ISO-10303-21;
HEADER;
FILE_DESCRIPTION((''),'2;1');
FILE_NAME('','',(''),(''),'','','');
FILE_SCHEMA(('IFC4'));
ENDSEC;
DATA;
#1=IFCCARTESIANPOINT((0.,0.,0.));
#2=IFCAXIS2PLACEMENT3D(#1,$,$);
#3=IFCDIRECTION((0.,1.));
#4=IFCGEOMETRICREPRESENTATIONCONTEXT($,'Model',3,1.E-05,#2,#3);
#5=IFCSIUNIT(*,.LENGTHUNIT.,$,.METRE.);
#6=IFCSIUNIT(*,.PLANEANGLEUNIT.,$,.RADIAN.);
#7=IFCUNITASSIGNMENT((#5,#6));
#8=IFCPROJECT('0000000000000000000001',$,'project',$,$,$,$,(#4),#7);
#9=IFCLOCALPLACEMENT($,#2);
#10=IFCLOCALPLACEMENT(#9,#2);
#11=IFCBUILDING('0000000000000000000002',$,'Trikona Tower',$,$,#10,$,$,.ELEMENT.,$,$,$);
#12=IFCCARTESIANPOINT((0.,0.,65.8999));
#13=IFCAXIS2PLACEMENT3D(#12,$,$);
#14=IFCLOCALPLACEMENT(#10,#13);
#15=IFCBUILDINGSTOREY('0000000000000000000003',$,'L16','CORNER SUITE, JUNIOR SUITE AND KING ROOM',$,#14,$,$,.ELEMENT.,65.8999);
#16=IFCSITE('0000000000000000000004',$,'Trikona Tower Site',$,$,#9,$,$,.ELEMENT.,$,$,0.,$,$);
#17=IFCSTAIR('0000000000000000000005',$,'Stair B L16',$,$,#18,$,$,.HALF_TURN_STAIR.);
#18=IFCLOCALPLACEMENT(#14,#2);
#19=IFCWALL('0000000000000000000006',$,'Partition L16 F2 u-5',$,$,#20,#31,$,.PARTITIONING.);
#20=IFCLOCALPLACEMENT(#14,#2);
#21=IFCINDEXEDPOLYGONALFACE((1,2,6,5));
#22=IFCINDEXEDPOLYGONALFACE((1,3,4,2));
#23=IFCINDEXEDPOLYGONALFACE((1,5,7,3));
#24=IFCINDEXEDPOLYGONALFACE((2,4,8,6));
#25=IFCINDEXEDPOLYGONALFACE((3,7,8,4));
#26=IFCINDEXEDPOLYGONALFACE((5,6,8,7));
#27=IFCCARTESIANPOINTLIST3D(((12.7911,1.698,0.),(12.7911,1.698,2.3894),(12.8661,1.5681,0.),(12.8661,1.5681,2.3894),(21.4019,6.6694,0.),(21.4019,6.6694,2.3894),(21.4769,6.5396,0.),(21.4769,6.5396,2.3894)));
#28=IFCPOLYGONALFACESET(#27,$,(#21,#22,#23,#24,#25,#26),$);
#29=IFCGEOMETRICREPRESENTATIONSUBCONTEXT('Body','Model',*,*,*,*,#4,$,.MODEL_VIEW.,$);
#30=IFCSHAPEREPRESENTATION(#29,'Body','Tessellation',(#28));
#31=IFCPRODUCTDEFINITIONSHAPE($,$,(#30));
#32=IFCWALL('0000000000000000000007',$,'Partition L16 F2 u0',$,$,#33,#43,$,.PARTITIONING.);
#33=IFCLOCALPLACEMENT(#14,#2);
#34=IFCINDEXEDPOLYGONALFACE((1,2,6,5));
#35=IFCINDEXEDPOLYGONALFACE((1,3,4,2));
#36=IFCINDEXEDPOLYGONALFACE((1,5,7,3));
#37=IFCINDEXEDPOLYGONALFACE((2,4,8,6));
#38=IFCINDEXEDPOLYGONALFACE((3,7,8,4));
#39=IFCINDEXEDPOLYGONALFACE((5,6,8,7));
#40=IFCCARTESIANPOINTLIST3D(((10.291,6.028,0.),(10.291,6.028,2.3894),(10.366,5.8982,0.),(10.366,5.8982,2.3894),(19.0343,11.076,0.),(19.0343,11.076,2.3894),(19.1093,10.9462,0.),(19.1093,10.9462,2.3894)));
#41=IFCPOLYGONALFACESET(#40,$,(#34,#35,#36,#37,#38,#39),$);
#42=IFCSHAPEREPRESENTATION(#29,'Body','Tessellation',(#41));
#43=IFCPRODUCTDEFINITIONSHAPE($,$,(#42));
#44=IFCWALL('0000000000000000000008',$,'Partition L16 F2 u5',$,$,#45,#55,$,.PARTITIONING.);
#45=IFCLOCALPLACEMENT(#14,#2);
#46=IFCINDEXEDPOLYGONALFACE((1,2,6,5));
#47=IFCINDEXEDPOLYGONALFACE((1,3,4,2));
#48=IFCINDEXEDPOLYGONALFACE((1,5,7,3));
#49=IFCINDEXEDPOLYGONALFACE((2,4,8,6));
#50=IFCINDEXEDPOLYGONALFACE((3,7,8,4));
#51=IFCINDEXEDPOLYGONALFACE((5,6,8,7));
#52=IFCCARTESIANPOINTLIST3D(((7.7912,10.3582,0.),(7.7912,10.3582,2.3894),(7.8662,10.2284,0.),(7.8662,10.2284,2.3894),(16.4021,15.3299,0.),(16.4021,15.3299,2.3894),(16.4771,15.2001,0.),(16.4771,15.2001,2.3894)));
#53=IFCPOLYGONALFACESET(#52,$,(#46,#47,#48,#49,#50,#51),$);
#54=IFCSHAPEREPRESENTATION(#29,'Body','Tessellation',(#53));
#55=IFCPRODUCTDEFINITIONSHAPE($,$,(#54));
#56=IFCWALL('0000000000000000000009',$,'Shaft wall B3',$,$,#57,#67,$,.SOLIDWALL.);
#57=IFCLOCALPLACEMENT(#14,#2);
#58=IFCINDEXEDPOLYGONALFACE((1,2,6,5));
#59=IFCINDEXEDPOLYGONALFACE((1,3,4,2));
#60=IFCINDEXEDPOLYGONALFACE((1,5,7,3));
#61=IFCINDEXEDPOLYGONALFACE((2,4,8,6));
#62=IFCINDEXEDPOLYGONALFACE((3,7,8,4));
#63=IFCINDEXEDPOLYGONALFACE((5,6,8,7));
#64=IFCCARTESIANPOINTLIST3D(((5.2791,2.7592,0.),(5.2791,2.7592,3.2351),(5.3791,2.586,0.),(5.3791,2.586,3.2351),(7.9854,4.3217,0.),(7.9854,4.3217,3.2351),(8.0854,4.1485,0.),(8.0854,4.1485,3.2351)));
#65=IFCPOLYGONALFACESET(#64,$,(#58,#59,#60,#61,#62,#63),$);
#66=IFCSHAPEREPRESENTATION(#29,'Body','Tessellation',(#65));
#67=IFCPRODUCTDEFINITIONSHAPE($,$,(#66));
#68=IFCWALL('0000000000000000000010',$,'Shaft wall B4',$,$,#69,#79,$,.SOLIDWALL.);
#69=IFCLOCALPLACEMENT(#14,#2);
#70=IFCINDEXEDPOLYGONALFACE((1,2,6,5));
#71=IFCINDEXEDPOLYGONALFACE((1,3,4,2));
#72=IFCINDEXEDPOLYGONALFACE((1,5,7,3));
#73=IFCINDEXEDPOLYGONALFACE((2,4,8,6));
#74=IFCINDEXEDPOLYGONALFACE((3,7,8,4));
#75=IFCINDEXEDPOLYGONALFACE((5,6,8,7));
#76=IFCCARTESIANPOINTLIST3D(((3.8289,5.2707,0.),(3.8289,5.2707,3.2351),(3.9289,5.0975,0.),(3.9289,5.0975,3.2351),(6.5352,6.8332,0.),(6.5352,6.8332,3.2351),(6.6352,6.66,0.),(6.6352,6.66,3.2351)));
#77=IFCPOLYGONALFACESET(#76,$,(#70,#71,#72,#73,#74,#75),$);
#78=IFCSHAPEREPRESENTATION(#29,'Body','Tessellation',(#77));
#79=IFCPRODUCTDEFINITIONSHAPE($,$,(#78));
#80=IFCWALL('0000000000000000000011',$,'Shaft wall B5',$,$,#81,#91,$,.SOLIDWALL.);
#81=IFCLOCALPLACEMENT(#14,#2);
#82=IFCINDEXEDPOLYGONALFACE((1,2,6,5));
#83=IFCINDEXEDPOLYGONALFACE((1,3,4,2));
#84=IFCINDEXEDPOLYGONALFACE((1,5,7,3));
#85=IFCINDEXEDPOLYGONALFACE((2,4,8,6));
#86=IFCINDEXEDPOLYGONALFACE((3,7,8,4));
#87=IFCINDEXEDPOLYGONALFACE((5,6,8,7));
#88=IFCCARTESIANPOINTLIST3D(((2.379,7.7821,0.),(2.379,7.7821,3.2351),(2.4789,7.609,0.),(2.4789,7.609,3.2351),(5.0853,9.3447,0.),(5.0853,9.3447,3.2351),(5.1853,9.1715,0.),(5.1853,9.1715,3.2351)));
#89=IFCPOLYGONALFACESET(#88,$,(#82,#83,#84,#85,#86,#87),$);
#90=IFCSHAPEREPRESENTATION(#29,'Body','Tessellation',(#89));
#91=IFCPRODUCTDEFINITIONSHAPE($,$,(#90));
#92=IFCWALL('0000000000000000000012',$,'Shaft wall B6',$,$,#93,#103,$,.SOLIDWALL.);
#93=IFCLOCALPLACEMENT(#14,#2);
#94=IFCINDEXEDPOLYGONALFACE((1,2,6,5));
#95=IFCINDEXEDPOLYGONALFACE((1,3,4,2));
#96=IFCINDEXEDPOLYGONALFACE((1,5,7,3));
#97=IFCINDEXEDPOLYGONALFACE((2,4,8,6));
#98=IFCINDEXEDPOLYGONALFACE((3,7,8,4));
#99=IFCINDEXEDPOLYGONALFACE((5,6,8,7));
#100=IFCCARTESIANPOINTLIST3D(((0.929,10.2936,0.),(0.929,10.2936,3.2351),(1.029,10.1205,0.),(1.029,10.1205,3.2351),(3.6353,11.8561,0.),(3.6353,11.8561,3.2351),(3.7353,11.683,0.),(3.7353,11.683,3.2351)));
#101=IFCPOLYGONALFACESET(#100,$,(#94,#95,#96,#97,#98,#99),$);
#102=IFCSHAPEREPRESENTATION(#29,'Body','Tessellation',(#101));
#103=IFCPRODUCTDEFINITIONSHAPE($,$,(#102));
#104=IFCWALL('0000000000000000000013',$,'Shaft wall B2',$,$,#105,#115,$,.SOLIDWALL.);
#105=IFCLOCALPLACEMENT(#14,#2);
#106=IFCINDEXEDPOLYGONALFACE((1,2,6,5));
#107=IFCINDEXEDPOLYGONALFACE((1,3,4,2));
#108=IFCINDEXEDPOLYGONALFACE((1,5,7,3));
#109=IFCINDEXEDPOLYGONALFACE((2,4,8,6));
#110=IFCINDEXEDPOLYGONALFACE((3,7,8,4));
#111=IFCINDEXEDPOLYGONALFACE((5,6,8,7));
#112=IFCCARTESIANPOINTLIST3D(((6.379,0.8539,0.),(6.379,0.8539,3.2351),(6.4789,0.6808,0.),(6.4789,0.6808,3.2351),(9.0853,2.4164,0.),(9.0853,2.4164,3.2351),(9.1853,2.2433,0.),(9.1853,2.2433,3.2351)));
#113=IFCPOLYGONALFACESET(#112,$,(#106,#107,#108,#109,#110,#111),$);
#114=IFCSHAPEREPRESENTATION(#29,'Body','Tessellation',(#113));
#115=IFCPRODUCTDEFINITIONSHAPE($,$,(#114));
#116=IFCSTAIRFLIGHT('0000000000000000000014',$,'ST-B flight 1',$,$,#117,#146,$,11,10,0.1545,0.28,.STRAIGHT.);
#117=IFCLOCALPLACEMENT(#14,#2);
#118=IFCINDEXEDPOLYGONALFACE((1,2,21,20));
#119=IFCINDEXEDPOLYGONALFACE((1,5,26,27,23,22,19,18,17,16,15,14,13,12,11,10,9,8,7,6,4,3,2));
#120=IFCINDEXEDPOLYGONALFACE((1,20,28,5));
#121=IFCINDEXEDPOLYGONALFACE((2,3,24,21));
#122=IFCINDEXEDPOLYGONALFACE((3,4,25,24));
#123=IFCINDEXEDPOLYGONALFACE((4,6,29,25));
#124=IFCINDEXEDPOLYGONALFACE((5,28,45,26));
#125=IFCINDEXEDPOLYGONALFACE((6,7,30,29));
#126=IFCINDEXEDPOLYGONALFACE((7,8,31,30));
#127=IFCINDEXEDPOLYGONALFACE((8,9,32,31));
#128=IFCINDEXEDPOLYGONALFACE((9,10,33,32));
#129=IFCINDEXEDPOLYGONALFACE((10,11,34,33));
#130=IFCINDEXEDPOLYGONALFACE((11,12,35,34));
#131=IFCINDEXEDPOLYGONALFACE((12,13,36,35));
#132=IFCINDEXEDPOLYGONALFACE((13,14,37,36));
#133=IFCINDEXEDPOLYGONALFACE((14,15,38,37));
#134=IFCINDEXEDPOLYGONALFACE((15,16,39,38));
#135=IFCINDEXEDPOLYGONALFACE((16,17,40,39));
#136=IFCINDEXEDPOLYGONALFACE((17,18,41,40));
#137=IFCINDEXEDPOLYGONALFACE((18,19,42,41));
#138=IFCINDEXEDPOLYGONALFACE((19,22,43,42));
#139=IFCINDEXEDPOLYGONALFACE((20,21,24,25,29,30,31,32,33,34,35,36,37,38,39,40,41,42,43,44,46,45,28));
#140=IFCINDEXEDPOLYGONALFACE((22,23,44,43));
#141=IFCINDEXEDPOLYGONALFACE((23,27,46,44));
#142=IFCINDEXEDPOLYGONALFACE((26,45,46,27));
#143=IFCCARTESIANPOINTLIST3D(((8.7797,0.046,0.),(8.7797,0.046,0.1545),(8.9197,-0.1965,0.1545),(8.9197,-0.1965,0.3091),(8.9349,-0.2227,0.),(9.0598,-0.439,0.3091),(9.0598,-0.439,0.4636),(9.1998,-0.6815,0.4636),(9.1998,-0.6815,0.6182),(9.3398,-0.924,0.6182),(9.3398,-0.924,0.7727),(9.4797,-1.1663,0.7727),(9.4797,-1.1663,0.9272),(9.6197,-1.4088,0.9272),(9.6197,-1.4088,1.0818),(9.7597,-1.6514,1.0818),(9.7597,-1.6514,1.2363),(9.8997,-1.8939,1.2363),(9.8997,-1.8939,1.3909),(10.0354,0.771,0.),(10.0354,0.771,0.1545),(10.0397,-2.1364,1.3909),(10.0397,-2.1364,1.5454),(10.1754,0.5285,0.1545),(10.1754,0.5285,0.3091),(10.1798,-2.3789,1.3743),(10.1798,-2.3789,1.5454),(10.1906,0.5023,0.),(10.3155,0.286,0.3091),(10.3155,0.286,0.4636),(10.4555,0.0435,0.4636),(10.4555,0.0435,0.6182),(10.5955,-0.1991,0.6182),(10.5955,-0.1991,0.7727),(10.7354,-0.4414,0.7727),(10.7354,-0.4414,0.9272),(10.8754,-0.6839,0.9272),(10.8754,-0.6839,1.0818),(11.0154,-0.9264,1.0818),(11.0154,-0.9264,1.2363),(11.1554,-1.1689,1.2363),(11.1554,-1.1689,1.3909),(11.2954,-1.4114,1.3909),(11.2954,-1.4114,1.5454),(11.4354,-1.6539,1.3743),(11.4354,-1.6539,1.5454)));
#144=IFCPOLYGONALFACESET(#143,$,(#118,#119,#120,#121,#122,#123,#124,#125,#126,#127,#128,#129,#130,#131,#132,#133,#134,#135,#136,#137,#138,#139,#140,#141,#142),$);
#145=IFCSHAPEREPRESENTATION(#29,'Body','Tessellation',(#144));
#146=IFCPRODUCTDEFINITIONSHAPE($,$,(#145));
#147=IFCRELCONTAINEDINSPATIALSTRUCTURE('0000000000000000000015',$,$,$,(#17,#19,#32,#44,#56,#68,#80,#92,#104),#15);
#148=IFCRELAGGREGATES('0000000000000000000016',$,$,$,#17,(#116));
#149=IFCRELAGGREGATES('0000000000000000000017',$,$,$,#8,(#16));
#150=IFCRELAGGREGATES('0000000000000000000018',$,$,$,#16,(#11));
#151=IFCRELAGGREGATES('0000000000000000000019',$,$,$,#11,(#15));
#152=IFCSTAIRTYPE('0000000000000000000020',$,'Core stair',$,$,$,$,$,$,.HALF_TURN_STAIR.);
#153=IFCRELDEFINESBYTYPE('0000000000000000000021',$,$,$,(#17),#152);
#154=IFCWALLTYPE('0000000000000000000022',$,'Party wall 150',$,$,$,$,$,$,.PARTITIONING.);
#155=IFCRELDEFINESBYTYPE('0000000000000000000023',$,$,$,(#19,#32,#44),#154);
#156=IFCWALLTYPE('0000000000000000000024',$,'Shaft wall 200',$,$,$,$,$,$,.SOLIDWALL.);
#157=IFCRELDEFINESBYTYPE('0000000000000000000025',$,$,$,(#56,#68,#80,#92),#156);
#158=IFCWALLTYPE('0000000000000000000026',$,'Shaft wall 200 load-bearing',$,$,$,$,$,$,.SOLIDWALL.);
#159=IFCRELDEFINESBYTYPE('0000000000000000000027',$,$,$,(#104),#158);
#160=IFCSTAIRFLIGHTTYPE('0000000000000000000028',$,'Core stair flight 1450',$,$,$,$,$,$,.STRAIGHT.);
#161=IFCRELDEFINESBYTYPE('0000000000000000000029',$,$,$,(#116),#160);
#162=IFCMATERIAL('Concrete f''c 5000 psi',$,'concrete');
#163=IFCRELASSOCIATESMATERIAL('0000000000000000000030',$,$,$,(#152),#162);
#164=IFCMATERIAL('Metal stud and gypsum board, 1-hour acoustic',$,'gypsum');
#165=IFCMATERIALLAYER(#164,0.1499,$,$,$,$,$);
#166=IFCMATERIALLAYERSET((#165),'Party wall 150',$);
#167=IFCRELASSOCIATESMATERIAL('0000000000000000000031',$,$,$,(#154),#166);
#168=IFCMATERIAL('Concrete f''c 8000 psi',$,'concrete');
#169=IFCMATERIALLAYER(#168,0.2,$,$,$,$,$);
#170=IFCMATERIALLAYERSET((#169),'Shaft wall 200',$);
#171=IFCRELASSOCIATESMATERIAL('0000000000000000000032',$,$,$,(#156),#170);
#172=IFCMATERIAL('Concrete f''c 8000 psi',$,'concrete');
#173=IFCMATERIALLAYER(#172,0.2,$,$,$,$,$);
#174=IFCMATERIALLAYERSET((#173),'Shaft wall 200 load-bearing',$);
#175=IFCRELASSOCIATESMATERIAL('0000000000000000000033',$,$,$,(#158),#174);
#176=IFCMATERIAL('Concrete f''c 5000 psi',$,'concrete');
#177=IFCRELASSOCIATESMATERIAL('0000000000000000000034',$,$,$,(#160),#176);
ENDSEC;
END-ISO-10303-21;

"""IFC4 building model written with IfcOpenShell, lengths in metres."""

from ifc_helpers import new_model, si_unit, direction, frame, frame_2d, origin, place, context, subcontext, project, spatial, polyline, rectangle, outline, extrude, material, layer, layer_set, type_object, element, aggregate, save


model = new_model("IFC4")

# Units and contexts
model_context = context("Model", 3, precision=1e-05, world=origin(), true_north=direction((0.0, 1.0)))
body_context = subcontext(model_context, "Body", "Model", "MODEL_VIEW")
ifc_project = project(units=[si_unit("LENGTHUNIT", "METRE"), si_unit("PLANEANGLEUNIT", "RADIAN")], contexts=[model_context])

# Site, building, storey
site_placement = place(None, origin())
site = spatial("IfcSite", under=ifc_project, at=site_placement, Name="Trikona Tower Site", CompositionType="ELEMENT", RefElevation=0.0)
building_placement = place(site_placement, origin())
building = spatial("IfcBuilding", under=site, at=building_placement, Name="Trikona Tower", CompositionType="ELEMENT")
storey_placement = place(building_placement, frame((0.0, 0.0, 65.8999)))
storey = spatial("IfcBuildingStorey", under=building, at=storey_placement, Name="L16", Description="CORNER SUITE, JUNIOR SUITE AND KING ROOM", CompositionType="ELEMENT", Elevation=65.8999)

# Stair
ifc_material_1 = material(Name="Concrete f'c 5000 psi", Category="concrete")
stair_type = type_object("IfcStairType", Name="Core stair", PredefinedType="HALF_TURN_STAIR", material=ifc_material_1)
stair_1_placement = place(storey_placement, origin())
stair_1 = element("IfcStair", 1, at=stair_1_placement, inside=storey, type_object=stair_type, Name="Stair B L16", PredefinedType="HALF_TURN_STAIR")

# Walls
ifc_material_2 = material(Name="Metal stud and gypsum board, 1-hour acoustic", Category="gypsum")
ifc_layer_1 = layer(ifc_material_2, 0.1499)
ifc_layer_set_1 = layer_set([ifc_layer_1], Name="Party wall 150")
wall_type_1 = type_object("IfcWallType", Name="Party wall 150", PredefinedType="PARTITIONING", material=ifc_layer_set_1)
wall_1_placement = place(storey_placement, frame((12.8286, 1.6331, 0.0), z_axis=(0.0, 0.0, 1.0), x_axis=(0.866027, 0.499997, 0.0)))
element("IfcWall", 2, at=wall_1_placement, inside=storey, type_object=wall_type_1, Name="Partition L16 F2 u-5", PredefinedType="PARTITIONING", context=body_context, shape_type="SweptSolid", body=[
    extrude(rectangle(XDim=9.9429, YDim=0.1499, at=frame_2d((4.9714, 0.0))), origin(), (0.0, 0.0, 1.0), 2.3894),
])
wall_2_placement = place(storey_placement, frame((10.3286, 5.9631, 0.0), z_axis=(0.0, 0.0, 1.0), x_axis=(0.866022, 0.500006, 0.0)))
element("IfcWall", 3, at=wall_2_placement, inside=storey, type_object=wall_type_1, Name="Partition L16 F2 u0", PredefinedType="PARTITIONING", context=body_context, shape_type="SweptSolid", body=[
    extrude(rectangle(XDim=10.0959, YDim=0.1499, at=frame_2d((5.0479, 0.0))), origin(), (0.0, 0.0, 1.0), 2.3894),
])
wall_3_placement = place(storey_placement, frame((7.8286, 10.2932, 0.0), z_axis=(0.0, 0.0, 1.0), x_axis=(0.866016, 0.500016, 0.0)))
element("IfcWall", 4, at=wall_3_placement, inside=storey, type_object=wall_type_1, Name="Partition L16 F2 u5", PredefinedType="PARTITIONING", context=body_context, shape_type="SweptSolid", body=[
    extrude(rectangle(XDim=9.9431, YDim=0.1499, at=frame_2d((4.9717, 0.0))), origin(), (0.0, 0.0, 1.0), 2.3894),
])
ifc_material_3 = material(Name="Concrete f'c 8000 psi", Category="concrete")
ifc_layer_2 = layer(ifc_material_3, 0.2)
ifc_layer_set_2 = layer_set([ifc_layer_2], Name="Shaft wall 200")
wall_type_2 = type_object("IfcWallType", Name="Shaft wall 200", PredefinedType="SOLIDWALL", material=ifc_layer_set_2)
for number, where, z_axis, x_axis, name in (
    (5, (5.3291, 2.6726, 0.0), (0.0, 0.0, 1.0), (0.866023, 0.500004, 0.0), "Shaft wall B3"),
    (6, (3.8789, 5.1841, 0.0), (0.0, 0.0, 1.0), (0.866023, 0.500004, 0.0), "Shaft wall B4"),
    (7, (2.429, 7.6956, 0.0), (0.0, 0.0, 1.0), (0.866023, 0.500004, 0.0), "Shaft wall B5"),
    (8, (0.979, 10.207, 0.0), (0.0, 0.0, 1.0), (0.866023, 0.500004, 0.0), "Shaft wall B6"),
):
    element("IfcWall", number, at=place(storey_placement, frame(where, z_axis=z_axis, x_axis=x_axis)), inside=storey, type_object=wall_type_2, Name=name, PredefinedType="SOLIDWALL", context=body_context, shape_type="SweptSolid", body=[
        extrude(rectangle(XDim=3.125, YDim=0.2, at=frame_2d((1.5625, 0.0))), origin(), (0.0, 0.0, 1.0), 3.2351),
    ])
ifc_material_4 = material(Name="Concrete f'c 8000 psi", Category="concrete")
ifc_layer_3 = layer(ifc_material_4, 0.2)
ifc_layer_set_3 = layer_set([ifc_layer_3], Name="Shaft wall 200 load-bearing")
wall_type_3 = type_object("IfcWallType", Name="Shaft wall 200 load-bearing", PredefinedType="SOLIDWALL", material=ifc_layer_set_3)
wall_4_placement = place(storey_placement, frame((6.429, 0.7673, 0.0), z_axis=(0.0, 0.0, 1.0), x_axis=(0.866023, 0.500004, 0.0)))
element("IfcWall", 9, at=wall_4_placement, inside=storey, type_object=wall_type_3, Name="Shaft wall B2", PredefinedType="SOLIDWALL", context=body_context, shape_type="SweptSolid", body=[
    extrude(rectangle(XDim=3.125, YDim=0.2, at=frame_2d((1.5625, 0.0))), origin(), (0.0, 0.0, 1.0), 3.2351),
])

# Stair flight
ifc_material_5 = material(Name="Concrete f'c 5000 psi", Category="concrete")
stair_flight_type = type_object("IfcStairFlightType", Name="Core stair flight 1450", PredefinedType="STRAIGHT", material=ifc_material_5)
stair_flight_placement = place(storey_placement, frame((9.4075, 0.4084, 0.0), z_axis=(0.0, 0.0, 1.0), x_axis=(0.5, -0.866025, 0.0)))
stair_flight = element("IfcStairFlight", 10, at=stair_flight_placement, type_object=stair_flight_type, Name="ST-B flight 1", NumberOfRisers=11, NumberOfTreads=10, PredefinedType="STRAIGHT", RiserHeight=0.1545, TreadLength=0.28, context=body_context, shape_type="SweptSolid", body=[
    extrude(outline(polyline([(0.0, 0.0), (0.0, 0.1545), (0.28, 0.1545), (0.28, 0.3091), (0.5601, 0.3091), (0.5601, 0.4636), (0.8401, 0.4636), (0.8401, 0.6182), (1.1201, 0.6182), (1.1201, 0.7727), (1.3999, 0.7727), (1.3999, 0.9272), (1.6799, 0.9272), (1.6799, 1.0818), (1.96, 1.0818), (1.96, 1.2363), (2.24, 1.2363), (2.24, 1.3909), (2.52, 1.3909), (2.52, 1.5454), (2.8, 1.5454), (2.8, 1.7), (2.8, 1.3743), (0.3103, 0.0), (0.0, 0.0)])), frame((0.0, 0.7251, 0.0), z_axis=(0.0, -1.0, 0.0), x_axis=(1.0, 0.0, 0.0)), (0.0, 0.0, 1.0), 1.45),
])
aggregate(stair_1, [stair_flight])

save(model, "model.ifc")
